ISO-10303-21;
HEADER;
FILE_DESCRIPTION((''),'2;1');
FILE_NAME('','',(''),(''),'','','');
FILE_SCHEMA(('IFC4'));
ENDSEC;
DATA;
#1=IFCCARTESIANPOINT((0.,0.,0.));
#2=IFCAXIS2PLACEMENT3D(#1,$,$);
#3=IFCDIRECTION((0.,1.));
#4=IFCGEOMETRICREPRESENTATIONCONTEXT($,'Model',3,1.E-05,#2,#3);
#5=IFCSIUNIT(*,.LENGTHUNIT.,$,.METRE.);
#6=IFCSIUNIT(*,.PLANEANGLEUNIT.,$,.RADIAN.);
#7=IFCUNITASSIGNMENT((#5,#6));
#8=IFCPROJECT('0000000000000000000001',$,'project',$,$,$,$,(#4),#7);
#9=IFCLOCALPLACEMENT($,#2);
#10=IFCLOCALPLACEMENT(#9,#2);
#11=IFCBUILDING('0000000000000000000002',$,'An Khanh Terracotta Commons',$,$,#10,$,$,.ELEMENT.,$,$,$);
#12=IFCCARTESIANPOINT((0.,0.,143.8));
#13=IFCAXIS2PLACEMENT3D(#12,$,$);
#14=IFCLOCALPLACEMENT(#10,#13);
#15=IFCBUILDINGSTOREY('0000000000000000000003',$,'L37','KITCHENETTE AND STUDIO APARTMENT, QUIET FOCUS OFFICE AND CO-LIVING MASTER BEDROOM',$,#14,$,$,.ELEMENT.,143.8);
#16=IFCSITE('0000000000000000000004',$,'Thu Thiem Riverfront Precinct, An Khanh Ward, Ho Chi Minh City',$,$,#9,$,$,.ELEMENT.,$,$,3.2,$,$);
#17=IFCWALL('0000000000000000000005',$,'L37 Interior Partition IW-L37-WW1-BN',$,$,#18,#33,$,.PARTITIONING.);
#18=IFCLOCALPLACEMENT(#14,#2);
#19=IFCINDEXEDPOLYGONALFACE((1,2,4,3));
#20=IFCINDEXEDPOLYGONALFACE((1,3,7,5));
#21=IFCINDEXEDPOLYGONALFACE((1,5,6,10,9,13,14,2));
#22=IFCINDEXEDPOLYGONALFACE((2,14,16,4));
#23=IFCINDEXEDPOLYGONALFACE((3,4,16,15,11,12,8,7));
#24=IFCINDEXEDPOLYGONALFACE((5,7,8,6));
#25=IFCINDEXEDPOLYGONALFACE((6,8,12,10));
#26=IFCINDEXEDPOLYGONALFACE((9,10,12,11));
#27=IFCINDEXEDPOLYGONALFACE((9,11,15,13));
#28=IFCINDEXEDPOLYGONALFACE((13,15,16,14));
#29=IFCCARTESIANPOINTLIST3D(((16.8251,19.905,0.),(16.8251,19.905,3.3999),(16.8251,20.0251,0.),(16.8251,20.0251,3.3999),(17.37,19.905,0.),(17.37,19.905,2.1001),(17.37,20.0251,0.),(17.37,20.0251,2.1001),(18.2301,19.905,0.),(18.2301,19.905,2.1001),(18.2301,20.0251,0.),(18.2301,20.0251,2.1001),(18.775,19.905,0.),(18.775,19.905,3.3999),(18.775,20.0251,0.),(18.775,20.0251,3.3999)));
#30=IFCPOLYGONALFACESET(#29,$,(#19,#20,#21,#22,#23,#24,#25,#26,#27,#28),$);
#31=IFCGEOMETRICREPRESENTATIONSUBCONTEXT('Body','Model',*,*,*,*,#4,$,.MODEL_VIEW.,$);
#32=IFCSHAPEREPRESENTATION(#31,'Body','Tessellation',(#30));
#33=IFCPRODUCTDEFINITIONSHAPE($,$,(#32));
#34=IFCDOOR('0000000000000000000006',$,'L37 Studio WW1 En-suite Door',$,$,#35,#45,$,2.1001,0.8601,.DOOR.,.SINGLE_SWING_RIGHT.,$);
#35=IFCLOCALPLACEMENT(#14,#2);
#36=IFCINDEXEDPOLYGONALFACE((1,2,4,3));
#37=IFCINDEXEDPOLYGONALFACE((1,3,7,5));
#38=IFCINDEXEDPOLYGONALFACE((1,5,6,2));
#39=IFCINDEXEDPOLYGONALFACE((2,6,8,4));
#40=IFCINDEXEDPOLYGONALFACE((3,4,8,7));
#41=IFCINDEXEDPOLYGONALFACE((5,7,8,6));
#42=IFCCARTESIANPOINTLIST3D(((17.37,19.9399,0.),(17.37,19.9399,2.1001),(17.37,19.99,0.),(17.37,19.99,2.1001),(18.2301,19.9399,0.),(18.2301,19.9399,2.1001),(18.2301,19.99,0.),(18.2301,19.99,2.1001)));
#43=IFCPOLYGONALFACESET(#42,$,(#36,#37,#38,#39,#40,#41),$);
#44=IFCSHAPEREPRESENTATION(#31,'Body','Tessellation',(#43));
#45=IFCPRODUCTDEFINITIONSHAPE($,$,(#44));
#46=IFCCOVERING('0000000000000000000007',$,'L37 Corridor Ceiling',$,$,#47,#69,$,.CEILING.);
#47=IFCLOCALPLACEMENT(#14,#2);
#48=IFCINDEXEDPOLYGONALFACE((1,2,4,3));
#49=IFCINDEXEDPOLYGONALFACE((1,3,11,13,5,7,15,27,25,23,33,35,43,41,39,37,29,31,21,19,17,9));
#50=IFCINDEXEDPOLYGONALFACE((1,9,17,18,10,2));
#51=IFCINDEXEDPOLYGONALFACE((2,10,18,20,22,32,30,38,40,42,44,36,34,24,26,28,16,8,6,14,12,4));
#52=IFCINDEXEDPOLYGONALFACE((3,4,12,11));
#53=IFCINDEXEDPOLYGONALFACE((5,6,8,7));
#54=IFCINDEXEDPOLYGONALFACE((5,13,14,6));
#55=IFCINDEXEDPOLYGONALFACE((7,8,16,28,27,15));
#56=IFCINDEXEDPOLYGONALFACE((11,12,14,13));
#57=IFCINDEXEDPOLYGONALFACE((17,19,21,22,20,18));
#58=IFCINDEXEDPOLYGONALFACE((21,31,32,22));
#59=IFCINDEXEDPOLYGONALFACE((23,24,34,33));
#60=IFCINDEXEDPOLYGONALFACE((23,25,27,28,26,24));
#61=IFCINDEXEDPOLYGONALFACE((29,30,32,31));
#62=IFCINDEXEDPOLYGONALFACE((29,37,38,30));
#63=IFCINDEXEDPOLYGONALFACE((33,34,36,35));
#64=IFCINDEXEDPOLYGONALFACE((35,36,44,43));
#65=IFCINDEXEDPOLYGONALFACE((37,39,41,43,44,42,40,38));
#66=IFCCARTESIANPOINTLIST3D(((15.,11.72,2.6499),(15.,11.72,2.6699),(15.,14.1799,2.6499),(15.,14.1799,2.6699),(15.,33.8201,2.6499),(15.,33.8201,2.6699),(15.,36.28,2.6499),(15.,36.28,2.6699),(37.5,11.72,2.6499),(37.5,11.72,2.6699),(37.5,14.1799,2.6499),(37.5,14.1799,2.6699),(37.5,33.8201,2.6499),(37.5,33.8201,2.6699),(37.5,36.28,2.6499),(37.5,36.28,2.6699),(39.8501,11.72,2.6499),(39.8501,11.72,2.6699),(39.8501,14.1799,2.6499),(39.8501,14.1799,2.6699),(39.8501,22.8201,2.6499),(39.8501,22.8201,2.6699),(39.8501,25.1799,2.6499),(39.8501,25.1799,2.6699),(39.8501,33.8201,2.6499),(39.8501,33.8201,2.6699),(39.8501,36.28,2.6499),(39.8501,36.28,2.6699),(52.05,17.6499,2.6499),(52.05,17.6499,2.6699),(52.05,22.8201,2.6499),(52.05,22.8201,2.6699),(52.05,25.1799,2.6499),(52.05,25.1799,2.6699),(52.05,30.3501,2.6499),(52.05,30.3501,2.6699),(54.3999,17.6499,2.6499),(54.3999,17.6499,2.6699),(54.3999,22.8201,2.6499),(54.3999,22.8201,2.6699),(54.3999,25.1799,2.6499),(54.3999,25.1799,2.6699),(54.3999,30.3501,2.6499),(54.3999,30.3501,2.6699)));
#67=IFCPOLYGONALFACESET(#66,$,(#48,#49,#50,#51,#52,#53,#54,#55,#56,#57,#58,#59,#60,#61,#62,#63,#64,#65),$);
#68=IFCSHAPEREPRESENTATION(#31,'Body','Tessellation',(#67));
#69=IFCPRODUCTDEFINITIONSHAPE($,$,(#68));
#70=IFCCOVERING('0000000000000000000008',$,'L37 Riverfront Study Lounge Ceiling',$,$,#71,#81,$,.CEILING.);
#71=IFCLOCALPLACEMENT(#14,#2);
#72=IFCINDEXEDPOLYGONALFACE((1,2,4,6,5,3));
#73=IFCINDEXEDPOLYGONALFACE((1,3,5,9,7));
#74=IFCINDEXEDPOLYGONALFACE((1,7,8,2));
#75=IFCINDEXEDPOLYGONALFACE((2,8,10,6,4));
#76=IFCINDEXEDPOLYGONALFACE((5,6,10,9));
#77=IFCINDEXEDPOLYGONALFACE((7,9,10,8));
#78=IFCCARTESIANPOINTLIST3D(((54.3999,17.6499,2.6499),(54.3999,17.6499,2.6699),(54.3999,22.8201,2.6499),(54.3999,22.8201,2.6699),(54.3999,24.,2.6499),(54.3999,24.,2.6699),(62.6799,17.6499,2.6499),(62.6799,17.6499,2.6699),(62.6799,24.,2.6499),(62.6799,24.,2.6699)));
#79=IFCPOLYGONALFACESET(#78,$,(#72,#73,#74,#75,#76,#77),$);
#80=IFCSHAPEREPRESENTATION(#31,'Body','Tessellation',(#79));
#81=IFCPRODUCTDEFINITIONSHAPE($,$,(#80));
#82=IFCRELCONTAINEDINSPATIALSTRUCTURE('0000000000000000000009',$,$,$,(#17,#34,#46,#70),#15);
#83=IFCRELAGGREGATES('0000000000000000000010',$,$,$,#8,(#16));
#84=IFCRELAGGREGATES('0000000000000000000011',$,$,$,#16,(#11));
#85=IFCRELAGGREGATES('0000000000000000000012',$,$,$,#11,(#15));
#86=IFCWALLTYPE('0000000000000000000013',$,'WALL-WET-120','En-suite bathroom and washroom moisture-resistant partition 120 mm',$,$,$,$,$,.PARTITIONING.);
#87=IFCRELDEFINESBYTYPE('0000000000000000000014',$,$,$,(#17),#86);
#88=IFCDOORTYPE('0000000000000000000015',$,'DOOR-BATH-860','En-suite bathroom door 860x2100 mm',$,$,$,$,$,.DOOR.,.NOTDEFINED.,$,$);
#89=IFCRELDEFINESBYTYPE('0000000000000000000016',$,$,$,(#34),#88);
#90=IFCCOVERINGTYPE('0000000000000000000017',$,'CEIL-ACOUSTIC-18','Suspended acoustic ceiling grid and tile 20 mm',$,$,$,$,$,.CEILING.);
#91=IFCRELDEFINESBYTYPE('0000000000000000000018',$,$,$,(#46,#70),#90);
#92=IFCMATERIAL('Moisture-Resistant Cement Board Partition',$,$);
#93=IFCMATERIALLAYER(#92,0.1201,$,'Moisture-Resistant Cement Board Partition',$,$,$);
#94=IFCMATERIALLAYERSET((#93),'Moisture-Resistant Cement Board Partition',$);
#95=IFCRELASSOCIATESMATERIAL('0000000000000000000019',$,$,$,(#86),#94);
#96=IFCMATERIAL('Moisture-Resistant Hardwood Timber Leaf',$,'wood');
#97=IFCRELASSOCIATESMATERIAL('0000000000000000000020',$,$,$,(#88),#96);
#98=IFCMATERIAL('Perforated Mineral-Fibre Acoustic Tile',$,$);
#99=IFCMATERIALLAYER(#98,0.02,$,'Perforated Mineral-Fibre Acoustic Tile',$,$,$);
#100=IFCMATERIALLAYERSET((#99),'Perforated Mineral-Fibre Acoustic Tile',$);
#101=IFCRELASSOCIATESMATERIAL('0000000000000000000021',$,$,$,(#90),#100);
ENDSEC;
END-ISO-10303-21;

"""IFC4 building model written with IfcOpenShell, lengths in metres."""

from ifc_helpers import new_model, si_unit, direction, frame, frame_2d, origin, place, context, subcontext, project, spatial, polyline, rectangle, outline, extrude, material, layer, layer_set, type_object, element, fill, save


model = new_model("IFC4")

# Units and contexts
model_context = context("Model", 3, precision=1e-05, world=origin(), true_north=direction((0.0, 1.0)))
body_context = subcontext(model_context, "Body", "Model", "MODEL_VIEW")
ifc_project = project(units=[si_unit("LENGTHUNIT", "METRE"), si_unit("PLANEANGLEUNIT", "RADIAN")], contexts=[model_context])

# Site, building, storey
site_placement = place(None, origin())
site = spatial("IfcSite", under=ifc_project, at=site_placement, Name="Thu Thiem Riverfront Precinct, An Khanh Ward, Ho Chi Minh City", CompositionType="ELEMENT", RefElevation=3.2)
building_placement = place(site_placement, origin())
building = spatial("IfcBuilding", under=site, at=building_placement, Name="An Khanh Terracotta Commons", CompositionType="ELEMENT")
storey_placement = place(building_placement, frame((0.0, 0.0, 143.8)))
storey = spatial("IfcBuildingStorey", under=building, at=storey_placement, Name="L37", Description="KITCHENETTE AND STUDIO APARTMENT, QUIET FOCUS OFFICE AND CO-LIVING MASTER BEDROOM", CompositionType="ELEMENT", Elevation=143.8)

# Wall, opening, door
ifc_material_1 = material(Name="Moisture-Resistant Cement Board Partition")
ifc_layer_1 = layer(ifc_material_1, 0.1201, Name="Moisture-Resistant Cement Board Partition")
ifc_layer_set_1 = layer_set([ifc_layer_1], Name="Moisture-Resistant Cement Board Partition")
wall_type_1 = type_object("IfcWallType", Name="WALL-WET-120", Description="En-suite bathroom and washroom moisture-resistant partition 120 mm", PredefinedType="PARTITIONING", material=ifc_layer_set_1)
wall_1_placement = place(storey_placement, frame((16.825, 19.9651, 0.0), z_axis=(0.0, 0.0, 1.0), x_axis=(1.0, 0.0, 0.0)))
wall_1 = element("IfcWall", 1, at=wall_1_placement, inside=storey, type_object=wall_type_1, Name="L37 Interior Partition IW-L37-WW1-BN", PredefinedType="PARTITIONING", context=body_context, shape_type="SweptSolid", body=[
    extrude(rectangle(XDim=1.95, YDim=0.1201, at=frame_2d((0.9751, 0.0))), origin(), (0.0, 0.0, 1.0), 3.3999),
])
opening_1_placement = place(wall_1_placement, frame((0.5449, 0.0, 0.0)))
opening_1 = element("IfcOpeningElement", 2, at=opening_1_placement, cuts=wall_1, PredefinedType="OPENING", context=body_context, shape_type="SweptSolid", body=[
    extrude(rectangle(XDim=0.8601, YDim=2.1001, at=frame_2d((0.4302, 1.05))), frame((0.0, 0.0701, 0.0), z_axis=(0.0, -1.0, 0.0), x_axis=(1.0, 0.0, 0.0)), (0.0, 0.0, 1.0), 0.1401),
])
ifc_material_2 = material(Name="Moisture-Resistant Hardwood Timber Leaf", Category="wood")
door_type_1 = type_object("IfcDoorType", Name="DOOR-BATH-860", Description="En-suite bathroom door 860x2100 mm", OperationType="NOTDEFINED", PredefinedType="DOOR", material=ifc_material_2)
door_1_placement = place(opening_1_placement, origin())
door_1 = element("IfcDoor", 3, at=door_1_placement, inside=storey, type_object=door_type_1, Name="L37 Studio WW1 En-suite Door", OperationType="SINGLE_SWING_RIGHT", OverallHeight=2.1001, OverallWidth=0.8601, PredefinedType="DOOR", context=body_context, shape_type="SweptSolid", body=[
    extrude(rectangle(XDim=0.8601, YDim=2.1001, at=frame_2d((0.4302, 1.05))), frame((0.0, 0.0249, 0.0), z_axis=(0.0, -1.0, 0.0), x_axis=(1.0, 0.0, 0.0)), (0.0, 0.0, 1.0), 0.05),
])
fill(opening_1, door_1)

# Coverings
ifc_material_3 = material(Name="Perforated Mineral-Fibre Acoustic Tile")
ifc_layer_2 = layer(ifc_material_3, 0.02, Name="Perforated Mineral-Fibre Acoustic Tile")
ifc_layer_set_2 = layer_set([ifc_layer_2], Name="Perforated Mineral-Fibre Acoustic Tile")
covering_type = type_object("IfcCoveringType", Name="CEIL-ACOUSTIC-18", Description="Suspended acoustic ceiling grid and tile 20 mm", PredefinedType="CEILING", material=ifc_layer_set_2)
covering_1_placement = place(storey_placement, frame((0.0, 0.0, 2.6499)))
element("IfcCovering", 4, at=covering_1_placement, inside=storey, type_object=covering_type, Name="L37 Corridor Ceiling", PredefinedType="CEILING", context=body_context, shape_type="SweptSolid", body=[
    extrude(outline(polyline([(15.0, 11.72), (15.0, 14.1799), (37.5, 14.1799), (37.5, 33.8201), (15.0, 33.8201), (15.0, 36.28), (37.5, 36.28), (39.8501, 36.28), (39.8501, 33.8201), (39.8501, 25.1799), (52.05, 25.1799), (52.05, 30.3501), (54.3999, 30.3501), (54.3999, 25.1799), (54.3999, 22.8201), (54.3999, 17.6499), (52.05, 17.6499), (52.05, 22.8201), (39.8501, 22.8201), (39.8501, 14.1799), (39.8501, 11.72), (37.5, 11.72), (15.0, 11.72)])), origin(), (0.0, 0.0, 1.0), 0.02),
])
covering_2_placement = place(storey_placement, frame((0.0, 0.0, 2.6499)))
element("IfcCovering", 5, at=covering_2_placement, inside=storey, type_object=covering_type, Name="L37 Riverfront Study Lounge Ceiling", PredefinedType="CEILING", context=body_context, shape_type="SweptSolid", body=[
    extrude(outline(polyline([(62.6799, 17.6499), (54.3999, 17.6499), (54.3999, 22.8201), (54.3999, 24.0), (62.6799, 24.0), (62.6799, 17.6499)])), origin(), (0.0, 0.0, 1.0), 0.02),
])

save(model, "model.ifc")
